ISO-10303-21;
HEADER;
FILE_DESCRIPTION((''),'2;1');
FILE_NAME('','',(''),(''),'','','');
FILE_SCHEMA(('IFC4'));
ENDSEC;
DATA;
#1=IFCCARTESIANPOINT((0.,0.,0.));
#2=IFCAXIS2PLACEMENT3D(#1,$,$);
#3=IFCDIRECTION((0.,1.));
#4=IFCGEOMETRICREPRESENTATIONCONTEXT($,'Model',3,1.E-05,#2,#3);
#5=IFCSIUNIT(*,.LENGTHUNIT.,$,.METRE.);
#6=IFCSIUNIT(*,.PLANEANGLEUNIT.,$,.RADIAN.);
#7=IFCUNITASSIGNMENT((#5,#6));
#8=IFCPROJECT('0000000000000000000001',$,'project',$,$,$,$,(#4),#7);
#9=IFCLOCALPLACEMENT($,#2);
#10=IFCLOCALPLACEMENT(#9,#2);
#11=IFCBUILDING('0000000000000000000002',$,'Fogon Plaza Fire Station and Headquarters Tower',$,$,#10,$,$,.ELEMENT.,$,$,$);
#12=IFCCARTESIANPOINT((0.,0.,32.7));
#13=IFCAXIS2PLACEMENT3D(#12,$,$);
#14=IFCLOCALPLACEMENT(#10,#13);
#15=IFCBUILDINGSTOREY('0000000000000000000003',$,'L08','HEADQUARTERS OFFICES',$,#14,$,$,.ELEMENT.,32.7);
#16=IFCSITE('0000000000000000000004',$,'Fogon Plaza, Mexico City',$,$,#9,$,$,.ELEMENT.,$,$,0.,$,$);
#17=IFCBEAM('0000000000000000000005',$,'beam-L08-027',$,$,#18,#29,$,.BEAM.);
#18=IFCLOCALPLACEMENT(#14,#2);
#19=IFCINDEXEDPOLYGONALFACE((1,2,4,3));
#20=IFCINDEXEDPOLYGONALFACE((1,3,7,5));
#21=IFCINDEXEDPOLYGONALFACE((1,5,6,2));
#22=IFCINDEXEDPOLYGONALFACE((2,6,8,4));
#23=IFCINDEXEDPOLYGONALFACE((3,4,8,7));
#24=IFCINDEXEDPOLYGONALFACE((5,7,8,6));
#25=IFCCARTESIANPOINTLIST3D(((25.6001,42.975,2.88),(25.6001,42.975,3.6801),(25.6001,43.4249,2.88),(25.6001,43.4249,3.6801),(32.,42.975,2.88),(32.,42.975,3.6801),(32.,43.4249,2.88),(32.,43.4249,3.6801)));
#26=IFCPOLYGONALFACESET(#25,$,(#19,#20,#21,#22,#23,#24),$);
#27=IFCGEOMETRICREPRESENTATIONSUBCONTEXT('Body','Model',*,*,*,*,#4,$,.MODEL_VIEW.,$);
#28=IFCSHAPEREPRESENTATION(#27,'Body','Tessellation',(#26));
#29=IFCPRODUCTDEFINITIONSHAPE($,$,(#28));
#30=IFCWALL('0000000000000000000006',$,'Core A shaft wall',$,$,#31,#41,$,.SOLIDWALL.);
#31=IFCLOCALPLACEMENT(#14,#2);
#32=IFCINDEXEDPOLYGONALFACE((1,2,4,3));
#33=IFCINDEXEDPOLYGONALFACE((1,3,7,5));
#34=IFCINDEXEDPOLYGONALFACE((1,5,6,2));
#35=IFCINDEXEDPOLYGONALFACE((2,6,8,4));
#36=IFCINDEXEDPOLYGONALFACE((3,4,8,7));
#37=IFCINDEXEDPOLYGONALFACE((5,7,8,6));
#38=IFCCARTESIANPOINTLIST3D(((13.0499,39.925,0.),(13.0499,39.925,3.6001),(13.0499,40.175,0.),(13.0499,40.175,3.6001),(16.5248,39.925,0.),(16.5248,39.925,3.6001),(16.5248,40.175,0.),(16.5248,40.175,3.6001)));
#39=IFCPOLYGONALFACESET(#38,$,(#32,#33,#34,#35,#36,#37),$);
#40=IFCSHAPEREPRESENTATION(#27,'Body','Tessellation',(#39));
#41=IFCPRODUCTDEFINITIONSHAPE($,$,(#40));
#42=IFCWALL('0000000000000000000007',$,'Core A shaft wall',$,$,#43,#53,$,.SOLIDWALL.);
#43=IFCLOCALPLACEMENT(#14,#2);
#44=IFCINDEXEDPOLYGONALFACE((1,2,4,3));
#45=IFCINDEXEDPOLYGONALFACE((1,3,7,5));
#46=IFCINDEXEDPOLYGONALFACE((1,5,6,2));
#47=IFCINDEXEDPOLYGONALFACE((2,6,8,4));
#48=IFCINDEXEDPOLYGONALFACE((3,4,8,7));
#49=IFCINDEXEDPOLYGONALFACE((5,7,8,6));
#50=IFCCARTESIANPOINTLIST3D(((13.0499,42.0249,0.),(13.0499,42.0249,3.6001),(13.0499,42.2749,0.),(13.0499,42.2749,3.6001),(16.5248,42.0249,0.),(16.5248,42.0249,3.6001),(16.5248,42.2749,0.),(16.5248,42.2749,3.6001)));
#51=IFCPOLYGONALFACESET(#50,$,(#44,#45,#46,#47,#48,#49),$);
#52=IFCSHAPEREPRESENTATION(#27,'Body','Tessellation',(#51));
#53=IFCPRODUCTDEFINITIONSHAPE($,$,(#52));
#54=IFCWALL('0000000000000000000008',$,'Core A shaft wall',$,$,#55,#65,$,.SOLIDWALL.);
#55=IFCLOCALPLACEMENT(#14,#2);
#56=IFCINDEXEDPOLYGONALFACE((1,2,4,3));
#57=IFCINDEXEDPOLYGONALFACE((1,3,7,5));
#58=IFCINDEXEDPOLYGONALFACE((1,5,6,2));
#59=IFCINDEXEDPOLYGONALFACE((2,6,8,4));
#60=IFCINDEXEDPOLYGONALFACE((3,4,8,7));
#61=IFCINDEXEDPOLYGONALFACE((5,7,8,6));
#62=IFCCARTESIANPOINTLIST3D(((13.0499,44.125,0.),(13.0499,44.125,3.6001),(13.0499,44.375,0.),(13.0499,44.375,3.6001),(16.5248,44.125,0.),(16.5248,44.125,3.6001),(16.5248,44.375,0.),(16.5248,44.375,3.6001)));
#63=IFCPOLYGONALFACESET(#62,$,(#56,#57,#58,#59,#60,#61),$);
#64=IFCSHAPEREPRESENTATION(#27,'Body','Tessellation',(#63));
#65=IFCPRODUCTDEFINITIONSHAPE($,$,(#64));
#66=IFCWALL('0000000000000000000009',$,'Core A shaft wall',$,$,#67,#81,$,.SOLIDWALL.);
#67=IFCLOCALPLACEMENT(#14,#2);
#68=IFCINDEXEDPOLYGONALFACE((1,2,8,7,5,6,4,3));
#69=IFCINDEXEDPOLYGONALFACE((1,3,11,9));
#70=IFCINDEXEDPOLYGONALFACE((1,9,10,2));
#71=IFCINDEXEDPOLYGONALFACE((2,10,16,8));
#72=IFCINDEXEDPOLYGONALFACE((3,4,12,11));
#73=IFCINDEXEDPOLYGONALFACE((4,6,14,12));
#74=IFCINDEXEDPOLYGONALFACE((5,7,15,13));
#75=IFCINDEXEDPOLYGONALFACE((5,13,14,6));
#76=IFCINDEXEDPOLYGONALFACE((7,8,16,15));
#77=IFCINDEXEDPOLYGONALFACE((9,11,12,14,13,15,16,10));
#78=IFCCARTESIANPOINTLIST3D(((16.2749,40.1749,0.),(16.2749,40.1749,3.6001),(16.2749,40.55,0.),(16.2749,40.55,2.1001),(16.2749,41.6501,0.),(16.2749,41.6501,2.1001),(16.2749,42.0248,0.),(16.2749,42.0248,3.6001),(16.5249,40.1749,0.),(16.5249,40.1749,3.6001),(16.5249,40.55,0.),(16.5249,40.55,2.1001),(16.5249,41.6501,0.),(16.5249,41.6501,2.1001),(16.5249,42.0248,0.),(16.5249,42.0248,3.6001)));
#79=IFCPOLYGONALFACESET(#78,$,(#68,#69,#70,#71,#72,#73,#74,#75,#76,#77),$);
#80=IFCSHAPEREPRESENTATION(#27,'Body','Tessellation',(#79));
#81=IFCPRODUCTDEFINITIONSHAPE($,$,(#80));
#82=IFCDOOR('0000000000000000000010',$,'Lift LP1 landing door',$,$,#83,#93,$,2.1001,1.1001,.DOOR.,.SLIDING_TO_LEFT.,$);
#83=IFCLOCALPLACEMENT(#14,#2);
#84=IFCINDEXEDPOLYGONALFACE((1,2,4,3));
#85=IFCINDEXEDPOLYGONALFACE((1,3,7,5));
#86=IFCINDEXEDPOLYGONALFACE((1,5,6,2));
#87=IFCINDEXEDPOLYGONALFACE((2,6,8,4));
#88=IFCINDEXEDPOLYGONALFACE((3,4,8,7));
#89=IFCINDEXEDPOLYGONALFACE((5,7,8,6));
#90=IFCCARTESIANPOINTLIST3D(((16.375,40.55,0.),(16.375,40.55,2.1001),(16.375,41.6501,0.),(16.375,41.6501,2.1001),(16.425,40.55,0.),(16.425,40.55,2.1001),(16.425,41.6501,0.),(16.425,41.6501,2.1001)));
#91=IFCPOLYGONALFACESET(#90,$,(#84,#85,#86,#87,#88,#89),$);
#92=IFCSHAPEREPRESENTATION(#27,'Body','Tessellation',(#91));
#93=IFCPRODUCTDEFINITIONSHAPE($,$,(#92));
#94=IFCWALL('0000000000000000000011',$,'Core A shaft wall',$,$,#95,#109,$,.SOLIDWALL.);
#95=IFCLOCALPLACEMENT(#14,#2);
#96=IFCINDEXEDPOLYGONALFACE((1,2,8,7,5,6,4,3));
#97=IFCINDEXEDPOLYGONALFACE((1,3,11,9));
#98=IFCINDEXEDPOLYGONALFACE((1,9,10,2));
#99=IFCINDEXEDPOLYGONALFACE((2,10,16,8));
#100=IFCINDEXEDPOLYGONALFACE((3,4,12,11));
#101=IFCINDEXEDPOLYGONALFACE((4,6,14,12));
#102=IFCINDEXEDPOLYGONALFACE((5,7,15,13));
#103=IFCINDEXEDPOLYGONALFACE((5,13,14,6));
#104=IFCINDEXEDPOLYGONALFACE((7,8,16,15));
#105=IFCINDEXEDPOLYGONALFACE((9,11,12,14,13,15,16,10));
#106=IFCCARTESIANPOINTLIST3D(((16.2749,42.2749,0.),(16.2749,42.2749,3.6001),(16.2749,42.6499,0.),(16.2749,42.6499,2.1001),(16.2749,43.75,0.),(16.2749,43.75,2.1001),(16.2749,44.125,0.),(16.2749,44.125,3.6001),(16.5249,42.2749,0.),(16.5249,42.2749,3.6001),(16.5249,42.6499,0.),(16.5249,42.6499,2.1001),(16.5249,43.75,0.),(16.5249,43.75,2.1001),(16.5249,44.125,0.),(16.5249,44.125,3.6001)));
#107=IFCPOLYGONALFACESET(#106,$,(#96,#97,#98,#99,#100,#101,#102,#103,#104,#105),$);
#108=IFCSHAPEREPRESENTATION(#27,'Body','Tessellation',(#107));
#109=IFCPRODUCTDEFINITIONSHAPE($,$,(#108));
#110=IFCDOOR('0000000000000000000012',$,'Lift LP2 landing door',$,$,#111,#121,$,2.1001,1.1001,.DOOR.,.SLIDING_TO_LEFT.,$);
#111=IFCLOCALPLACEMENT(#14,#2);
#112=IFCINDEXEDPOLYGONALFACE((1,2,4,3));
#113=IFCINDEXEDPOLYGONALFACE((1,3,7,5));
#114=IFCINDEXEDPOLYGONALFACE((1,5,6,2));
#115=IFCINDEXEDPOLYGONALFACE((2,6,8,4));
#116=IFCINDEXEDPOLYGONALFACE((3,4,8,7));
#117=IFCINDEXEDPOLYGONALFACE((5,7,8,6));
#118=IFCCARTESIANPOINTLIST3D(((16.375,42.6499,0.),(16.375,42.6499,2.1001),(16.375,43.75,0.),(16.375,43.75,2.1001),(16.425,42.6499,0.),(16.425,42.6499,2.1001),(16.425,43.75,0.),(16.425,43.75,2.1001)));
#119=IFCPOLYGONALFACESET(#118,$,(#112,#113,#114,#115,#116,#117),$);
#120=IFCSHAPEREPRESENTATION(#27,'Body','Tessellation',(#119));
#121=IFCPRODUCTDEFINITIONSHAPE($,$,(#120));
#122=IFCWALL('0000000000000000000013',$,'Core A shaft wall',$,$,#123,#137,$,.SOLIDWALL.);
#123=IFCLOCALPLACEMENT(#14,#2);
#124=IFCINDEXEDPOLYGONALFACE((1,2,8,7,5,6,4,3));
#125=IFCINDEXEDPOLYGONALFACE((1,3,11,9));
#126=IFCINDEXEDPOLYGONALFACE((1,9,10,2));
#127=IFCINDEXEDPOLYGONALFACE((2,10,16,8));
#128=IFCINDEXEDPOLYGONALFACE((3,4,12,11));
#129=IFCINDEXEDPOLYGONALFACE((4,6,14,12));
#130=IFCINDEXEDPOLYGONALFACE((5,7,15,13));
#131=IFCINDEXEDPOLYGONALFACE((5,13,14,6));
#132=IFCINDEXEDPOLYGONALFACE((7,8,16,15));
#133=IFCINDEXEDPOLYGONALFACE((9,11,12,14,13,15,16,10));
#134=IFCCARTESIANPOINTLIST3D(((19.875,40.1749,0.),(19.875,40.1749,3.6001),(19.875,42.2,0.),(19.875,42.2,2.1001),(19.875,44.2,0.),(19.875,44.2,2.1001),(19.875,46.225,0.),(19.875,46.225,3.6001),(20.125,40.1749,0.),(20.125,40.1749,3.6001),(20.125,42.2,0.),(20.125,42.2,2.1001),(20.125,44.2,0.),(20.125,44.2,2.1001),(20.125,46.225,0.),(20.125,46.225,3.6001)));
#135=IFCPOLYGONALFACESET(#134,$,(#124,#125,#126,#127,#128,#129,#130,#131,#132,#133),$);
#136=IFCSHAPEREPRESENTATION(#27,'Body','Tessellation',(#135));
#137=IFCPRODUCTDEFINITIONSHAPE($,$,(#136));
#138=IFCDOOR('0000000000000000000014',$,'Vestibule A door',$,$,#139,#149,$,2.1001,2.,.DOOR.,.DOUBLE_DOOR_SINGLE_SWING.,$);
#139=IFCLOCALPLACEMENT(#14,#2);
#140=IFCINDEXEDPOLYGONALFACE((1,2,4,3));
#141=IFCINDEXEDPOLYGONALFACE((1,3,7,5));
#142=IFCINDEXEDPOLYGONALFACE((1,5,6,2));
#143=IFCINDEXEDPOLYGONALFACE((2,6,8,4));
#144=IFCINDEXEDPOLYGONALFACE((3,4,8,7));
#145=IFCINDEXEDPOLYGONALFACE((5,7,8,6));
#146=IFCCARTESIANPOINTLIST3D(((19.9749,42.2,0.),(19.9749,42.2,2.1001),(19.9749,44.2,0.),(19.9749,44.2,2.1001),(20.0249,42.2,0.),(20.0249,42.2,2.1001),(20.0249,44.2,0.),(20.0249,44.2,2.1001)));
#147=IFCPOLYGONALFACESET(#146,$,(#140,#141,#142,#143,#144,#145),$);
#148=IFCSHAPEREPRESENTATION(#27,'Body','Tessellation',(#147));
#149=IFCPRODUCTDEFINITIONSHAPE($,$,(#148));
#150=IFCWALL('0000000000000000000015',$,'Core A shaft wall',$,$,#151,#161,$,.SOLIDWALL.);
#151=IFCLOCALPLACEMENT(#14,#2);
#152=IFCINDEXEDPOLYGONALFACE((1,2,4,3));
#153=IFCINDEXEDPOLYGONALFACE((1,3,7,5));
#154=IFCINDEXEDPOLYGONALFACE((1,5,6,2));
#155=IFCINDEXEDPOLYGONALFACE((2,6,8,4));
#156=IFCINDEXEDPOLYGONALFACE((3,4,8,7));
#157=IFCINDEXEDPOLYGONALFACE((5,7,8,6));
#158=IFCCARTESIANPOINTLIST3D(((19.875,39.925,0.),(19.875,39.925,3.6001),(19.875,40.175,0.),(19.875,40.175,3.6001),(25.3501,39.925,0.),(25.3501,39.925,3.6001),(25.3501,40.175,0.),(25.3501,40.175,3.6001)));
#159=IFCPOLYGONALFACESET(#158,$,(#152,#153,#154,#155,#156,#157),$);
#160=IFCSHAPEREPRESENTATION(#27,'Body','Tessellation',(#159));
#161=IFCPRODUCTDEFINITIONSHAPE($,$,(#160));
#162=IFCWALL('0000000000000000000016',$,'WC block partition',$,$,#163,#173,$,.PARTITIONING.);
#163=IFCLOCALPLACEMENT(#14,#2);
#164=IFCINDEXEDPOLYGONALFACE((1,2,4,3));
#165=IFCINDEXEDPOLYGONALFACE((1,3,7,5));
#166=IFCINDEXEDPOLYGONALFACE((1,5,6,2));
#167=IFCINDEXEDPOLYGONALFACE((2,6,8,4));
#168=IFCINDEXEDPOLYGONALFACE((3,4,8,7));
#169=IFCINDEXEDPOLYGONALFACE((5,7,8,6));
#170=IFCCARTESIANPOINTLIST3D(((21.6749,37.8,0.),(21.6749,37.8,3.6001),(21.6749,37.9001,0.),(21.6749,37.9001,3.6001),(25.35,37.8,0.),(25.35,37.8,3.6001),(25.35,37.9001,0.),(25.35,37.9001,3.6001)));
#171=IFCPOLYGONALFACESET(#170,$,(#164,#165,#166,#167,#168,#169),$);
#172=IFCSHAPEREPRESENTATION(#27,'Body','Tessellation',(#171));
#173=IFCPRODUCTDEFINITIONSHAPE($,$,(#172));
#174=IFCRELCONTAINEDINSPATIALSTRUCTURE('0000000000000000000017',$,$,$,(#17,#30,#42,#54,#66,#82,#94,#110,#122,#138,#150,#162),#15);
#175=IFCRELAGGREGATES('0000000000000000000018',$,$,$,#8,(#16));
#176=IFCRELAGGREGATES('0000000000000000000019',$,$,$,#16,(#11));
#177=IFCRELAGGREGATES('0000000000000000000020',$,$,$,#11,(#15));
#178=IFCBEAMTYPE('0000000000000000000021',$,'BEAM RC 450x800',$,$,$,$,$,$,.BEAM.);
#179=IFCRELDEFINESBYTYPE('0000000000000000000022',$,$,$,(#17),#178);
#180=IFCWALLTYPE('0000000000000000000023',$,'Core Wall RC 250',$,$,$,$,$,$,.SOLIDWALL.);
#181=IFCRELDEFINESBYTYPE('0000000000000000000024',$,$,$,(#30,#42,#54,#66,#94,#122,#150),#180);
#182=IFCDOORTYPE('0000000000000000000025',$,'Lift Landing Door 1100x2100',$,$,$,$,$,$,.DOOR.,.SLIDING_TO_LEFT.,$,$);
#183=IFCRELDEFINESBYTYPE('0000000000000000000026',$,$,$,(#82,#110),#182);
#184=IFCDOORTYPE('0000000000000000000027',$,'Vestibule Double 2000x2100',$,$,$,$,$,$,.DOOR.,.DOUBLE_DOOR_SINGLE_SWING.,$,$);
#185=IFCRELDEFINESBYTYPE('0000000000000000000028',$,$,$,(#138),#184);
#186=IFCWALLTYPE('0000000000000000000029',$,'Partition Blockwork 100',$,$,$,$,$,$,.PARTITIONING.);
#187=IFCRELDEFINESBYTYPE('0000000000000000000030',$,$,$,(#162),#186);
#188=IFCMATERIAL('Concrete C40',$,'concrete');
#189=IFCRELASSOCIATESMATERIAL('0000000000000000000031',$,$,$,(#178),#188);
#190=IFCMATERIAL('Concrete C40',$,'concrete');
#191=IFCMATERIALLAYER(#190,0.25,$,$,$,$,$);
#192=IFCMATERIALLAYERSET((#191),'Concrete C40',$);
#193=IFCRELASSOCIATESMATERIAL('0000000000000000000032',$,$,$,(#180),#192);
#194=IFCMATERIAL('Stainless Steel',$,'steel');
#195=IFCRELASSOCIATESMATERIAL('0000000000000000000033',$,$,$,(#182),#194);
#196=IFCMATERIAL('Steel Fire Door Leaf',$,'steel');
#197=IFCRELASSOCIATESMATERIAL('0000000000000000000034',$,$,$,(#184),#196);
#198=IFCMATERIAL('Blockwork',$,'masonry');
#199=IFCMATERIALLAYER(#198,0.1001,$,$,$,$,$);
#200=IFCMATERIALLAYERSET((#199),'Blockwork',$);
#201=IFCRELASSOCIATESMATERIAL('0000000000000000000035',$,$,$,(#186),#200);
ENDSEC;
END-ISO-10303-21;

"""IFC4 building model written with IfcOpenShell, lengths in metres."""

from ifc_helpers import new_model, si_unit, direction, frame, frame_2d, origin, origin_2d, place, context, subcontext, project, spatial, rectangle, extrude, material, layer, layer_set, material_profile, profile_set, type_object, element, fill, save


model = new_model("IFC4")

# Units and contexts
model_context = context("Model", 3, precision=1e-05, world=origin(), true_north=direction((0.0, 1.0)))
body_context = subcontext(model_context, "Body", "Model", "MODEL_VIEW")
ifc_project = project(units=[si_unit("LENGTHUNIT", "METRE"), si_unit("PLANEANGLEUNIT", "RADIAN")], contexts=[model_context])

# Site, building, storey
site_placement = place(None, origin())
site = spatial("IfcSite", under=ifc_project, at=site_placement, Name="Fogon Plaza, Mexico City", CompositionType="ELEMENT", RefElevation=0.0)
building_placement = place(site_placement, origin())
building = spatial("IfcBuilding", under=site, at=building_placement, Name="Fogon Plaza Fire Station and Headquarters Tower", CompositionType="ELEMENT")
storey_placement = place(building_placement, frame((0.0, 0.0, 32.7)))
storey = spatial("IfcBuildingStorey", under=building, at=storey_placement, Name="L08", Description="HEADQUARTERS OFFICES", CompositionType="ELEMENT", Elevation=32.7)

# Beam
ifc_material_1 = material(Name="Concrete C40", Category="concrete")
ifc_material_profile = material_profile(ifc_material_1, rectangle(XDim=0.45, YDim=0.8, at=origin_2d()), Name="RC 450x800")
ifc_profile_set = profile_set([ifc_material_profile], Name="Concrete C40")
beam_type = type_object("IfcBeamType", Name="BEAM RC 450x800", PredefinedType="BEAM", material=ifc_profile_set)
beam_placement = place(storey_placement, frame((25.6001, 43.2, 3.28), z_axis=(1.0, 0.0, 0.0), x_axis=(0.0, 1.0, 0.0)))
element("IfcBeam", 1, at=beam_placement, inside=storey, type_object=beam_type, Name="beam-L08-027", PredefinedType="BEAM", context=body_context, shape_type="SweptSolid", body=[
    extrude(rectangle(XDim=0.45, YDim=0.8, at=origin_2d()), origin(), (0.0, 0.0, 1.0), 6.3999),
])

# Walls
ifc_material_2 = material(Name="Concrete C40", Category="concrete")
ifc_layer_1 = layer(ifc_material_2, 0.25)
ifc_layer_set_1 = layer_set([ifc_layer_1], Name="Concrete C40")
wall_type_1 = type_object("IfcWallType", Name="Core Wall RC 250", PredefinedType="SOLIDWALL", material=ifc_layer_set_1)
for number, where, z_axis, x_axis, name in (
    (2, (13.05, 40.05, 0.0), (0.0, 0.0, 1.0), (1.0, 0.0, 0.0), "Core A shaft wall"),
    (3, (13.05, 42.1499, 0.0), (0.0, 0.0, 1.0), (1.0, 0.0, 0.0), "Core A shaft wall"),
    (4, (13.05, 44.25, 0.0), (0.0, 0.0, 1.0), (1.0, 0.0, 0.0), "Core A shaft wall"),
):
    element("IfcWall", number, at=place(storey_placement, frame(where, z_axis=z_axis, x_axis=x_axis)), inside=storey, type_object=wall_type_1, Name=name, PredefinedType="SOLIDWALL", context=body_context, shape_type="SweptSolid", body=[
        extrude(rectangle(XDim=3.4749, YDim=0.25, at=frame_2d((1.7373, 0.0))), origin(), (0.0, 0.0, 1.0), 3.6001),
    ])

# Walls, openings, doors
wall_1_placement = place(storey_placement, frame((16.3999, 40.175, 0.0), z_axis=(0.0, 0.0, 1.0), x_axis=(0.0, 1.0, 0.0)))
wall_1 = element("IfcWall", 5, at=wall_1_placement, inside=storey, type_object=wall_type_1, Name="Core A shaft wall", PredefinedType="SOLIDWALL", context=body_context, shape_type="SweptSolid", body=[
    extrude(rectangle(XDim=1.8499, YDim=0.25, at=frame_2d((0.9248, 0.0))), origin(), (0.0, 0.0, 1.0), 3.6001),
])
opening_1_placement = place(wall_1_placement, frame((0.375, 0.0, 0.0)))
opening_1 = element("IfcOpeningElement", 6, at=opening_1_placement, cuts=wall_1, PredefinedType="OPENING", context=body_context, shape_type="SweptSolid", body=[
    extrude(rectangle(XDim=1.1001, YDim=2.1001, at=frame_2d((0.55, 1.05))), frame((0.0, 0.135, 0.0), z_axis=(0.0, -1.0, 0.0), x_axis=(1.0, 0.0, 0.0)), (0.0, 0.0, 1.0), 0.27),
])
ifc_material_3 = material(Name="Stainless Steel", Category="steel")
door_type_1 = type_object("IfcDoorType", Name="Lift Landing Door 1100x2100", OperationType="SLIDING_TO_LEFT", PredefinedType="DOOR", material=ifc_material_3)
door_1_placement = place(opening_1_placement, origin())
door_1 = element("IfcDoor", 7, at=door_1_placement, inside=storey, type_object=door_type_1, Name="Lift LP1 landing door", OperationType="SLIDING_TO_LEFT", OverallHeight=2.1001, OverallWidth=1.1001, PredefinedType="DOOR", context=body_context, shape_type="SweptSolid", body=[
    extrude(rectangle(XDim=1.1001, YDim=2.1001, at=frame_2d((0.55, 1.05))), frame((0.0, 0.0249, 0.0), z_axis=(0.0, -1.0, 0.0), x_axis=(1.0, 0.0, 0.0)), (0.0, 0.0, 1.0), 0.05),
])
fill(opening_1, door_1)
wall_2_placement = place(storey_placement, frame((16.3999, 42.2749, 0.0), z_axis=(0.0, 0.0, 1.0), x_axis=(0.0, 1.0, 0.0)))
wall_2 = element("IfcWall", 8, at=wall_2_placement, inside=storey, type_object=wall_type_1, Name="Core A shaft wall", PredefinedType="SOLIDWALL", context=body_context, shape_type="SweptSolid", body=[
    extrude(rectangle(XDim=1.8501, YDim=0.25, at=frame_2d((0.925, 0.0))), origin(), (0.0, 0.0, 1.0), 3.6001),
])
opening_2_placement = place(wall_2_placement, frame((0.375, 0.0, 0.0)))
opening_2 = element("IfcOpeningElement", 9, at=opening_2_placement, cuts=wall_2, PredefinedType="OPENING", context=body_context, shape_type="SweptSolid", body=[
    extrude(rectangle(XDim=1.1001, YDim=2.1001, at=frame_2d((0.55, 1.05))), frame((0.0, 0.135, 0.0), z_axis=(0.0, -1.0, 0.0), x_axis=(1.0, 0.0, 0.0)), (0.0, 0.0, 1.0), 0.27),
])
door_2_placement = place(opening_2_placement, origin())
door_2 = element("IfcDoor", 10, at=door_2_placement, inside=storey, type_object=door_type_1, Name="Lift LP2 landing door", OperationType="SLIDING_TO_LEFT", OverallHeight=2.1001, OverallWidth=1.1001, PredefinedType="DOOR", context=body_context, shape_type="SweptSolid", body=[
    extrude(rectangle(XDim=1.1001, YDim=2.1001, at=frame_2d((0.55, 1.05))), frame((0.0, 0.0249, 0.0), z_axis=(0.0, -1.0, 0.0), x_axis=(1.0, 0.0, 0.0)), (0.0, 0.0, 1.0), 0.05),
])
fill(opening_2, door_2)
wall_3_placement = place(storey_placement, frame((20.0, 40.175, 0.0), z_axis=(0.0, 0.0, 1.0), x_axis=(0.0, 1.0, 0.0)))
wall_3 = element("IfcWall", 11, at=wall_3_placement, inside=storey, type_object=wall_type_1, Name="Core A shaft wall", PredefinedType="SOLIDWALL", context=body_context, shape_type="SweptSolid", body=[
    extrude(rectangle(XDim=6.05, YDim=0.25, at=frame_2d((3.0249, 0.0))), origin(), (0.0, 0.0, 1.0), 3.6001),
])
opening_3_placement = place(wall_3_placement, frame((2.0249, 0.0, 0.0)))
opening_3 = element("IfcOpeningElement", 12, at=opening_3_placement, cuts=wall_3, PredefinedType="OPENING", context=body_context, shape_type="SweptSolid", body=[
    extrude(rectangle(XDim=2.0, YDim=2.1001, at=frame_2d((1.0, 1.05))), frame((0.0, 0.135, 0.0), z_axis=(0.0, -1.0, 0.0), x_axis=(1.0, 0.0, 0.0)), (0.0, 0.0, 1.0), 0.27),
])
ifc_material_4 = material(Name="Steel Fire Door Leaf", Category="steel")
door_type_2 = type_object("IfcDoorType", Name="Vestibule Double 2000x2100", OperationType="DOUBLE_DOOR_SINGLE_SWING", PredefinedType="DOOR", material=ifc_material_4)
door_3_placement = place(opening_3_placement, frame((2.0, 0.0, 0.0), z_axis=(0.0, 0.0, 1.0), x_axis=(-1.0, 0.0, 0.0)))
door_3 = element("IfcDoor", 13, at=door_3_placement, inside=storey, type_object=door_type_2, Name="Vestibule A door", OperationType="DOUBLE_DOOR_SINGLE_SWING", OverallHeight=2.1001, OverallWidth=2.0, PredefinedType="DOOR", context=body_context, shape_type="SweptSolid", body=[
    extrude(rectangle(XDim=2.0, YDim=2.1001, at=frame_2d((1.0, 1.05))), frame((0.0, 0.0249, 0.0), z_axis=(0.0, -1.0, 0.0), x_axis=(1.0, 0.0, 0.0)), (0.0, 0.0, 1.0), 0.05),
])
fill(opening_3, door_3)

# Walls
wall_4_placement = place(storey_placement, frame((19.875, 40.05, 0.0), z_axis=(0.0, 0.0, 1.0), x_axis=(1.0, 0.0, 0.0)))
element("IfcWall", 14, at=wall_4_placement, inside=storey, type_object=wall_type_1, Name="Core A shaft wall", PredefinedType="SOLIDWALL", context=body_context, shape_type="SweptSolid", body=[
    extrude(rectangle(XDim=5.4751, YDim=0.25, at=frame_2d((2.7375, 0.0))), origin(), (0.0, 0.0, 1.0), 3.6001),
])
ifc_material_5 = material(Name="Blockwork", Category="masonry")
ifc_layer_2 = layer(ifc_material_5, 0.1001)
ifc_layer_set_2 = layer_set([ifc_layer_2], Name="Blockwork")
wall_type_2 = type_object("IfcWallType", Name="Partition Blockwork 100", PredefinedType="PARTITIONING", material=ifc_layer_set_2)
wall_5_placement = place(storey_placement, frame((21.675, 37.8501, 0.0), z_axis=(0.0, 0.0, 1.0), x_axis=(1.0, 0.0, 0.0)))
element("IfcWall", 15, at=wall_5_placement, inside=storey, type_object=wall_type_2, Name="WC block partition", PredefinedType="PARTITIONING", context=body_context, shape_type="SweptSolid", body=[
    extrude(rectangle(XDim=3.675, YDim=0.1001, at=frame_2d((1.8374, 0.0))), origin(), (0.0, 0.0, 1.0), 3.6001),
])

save(model, "model.ifc")
